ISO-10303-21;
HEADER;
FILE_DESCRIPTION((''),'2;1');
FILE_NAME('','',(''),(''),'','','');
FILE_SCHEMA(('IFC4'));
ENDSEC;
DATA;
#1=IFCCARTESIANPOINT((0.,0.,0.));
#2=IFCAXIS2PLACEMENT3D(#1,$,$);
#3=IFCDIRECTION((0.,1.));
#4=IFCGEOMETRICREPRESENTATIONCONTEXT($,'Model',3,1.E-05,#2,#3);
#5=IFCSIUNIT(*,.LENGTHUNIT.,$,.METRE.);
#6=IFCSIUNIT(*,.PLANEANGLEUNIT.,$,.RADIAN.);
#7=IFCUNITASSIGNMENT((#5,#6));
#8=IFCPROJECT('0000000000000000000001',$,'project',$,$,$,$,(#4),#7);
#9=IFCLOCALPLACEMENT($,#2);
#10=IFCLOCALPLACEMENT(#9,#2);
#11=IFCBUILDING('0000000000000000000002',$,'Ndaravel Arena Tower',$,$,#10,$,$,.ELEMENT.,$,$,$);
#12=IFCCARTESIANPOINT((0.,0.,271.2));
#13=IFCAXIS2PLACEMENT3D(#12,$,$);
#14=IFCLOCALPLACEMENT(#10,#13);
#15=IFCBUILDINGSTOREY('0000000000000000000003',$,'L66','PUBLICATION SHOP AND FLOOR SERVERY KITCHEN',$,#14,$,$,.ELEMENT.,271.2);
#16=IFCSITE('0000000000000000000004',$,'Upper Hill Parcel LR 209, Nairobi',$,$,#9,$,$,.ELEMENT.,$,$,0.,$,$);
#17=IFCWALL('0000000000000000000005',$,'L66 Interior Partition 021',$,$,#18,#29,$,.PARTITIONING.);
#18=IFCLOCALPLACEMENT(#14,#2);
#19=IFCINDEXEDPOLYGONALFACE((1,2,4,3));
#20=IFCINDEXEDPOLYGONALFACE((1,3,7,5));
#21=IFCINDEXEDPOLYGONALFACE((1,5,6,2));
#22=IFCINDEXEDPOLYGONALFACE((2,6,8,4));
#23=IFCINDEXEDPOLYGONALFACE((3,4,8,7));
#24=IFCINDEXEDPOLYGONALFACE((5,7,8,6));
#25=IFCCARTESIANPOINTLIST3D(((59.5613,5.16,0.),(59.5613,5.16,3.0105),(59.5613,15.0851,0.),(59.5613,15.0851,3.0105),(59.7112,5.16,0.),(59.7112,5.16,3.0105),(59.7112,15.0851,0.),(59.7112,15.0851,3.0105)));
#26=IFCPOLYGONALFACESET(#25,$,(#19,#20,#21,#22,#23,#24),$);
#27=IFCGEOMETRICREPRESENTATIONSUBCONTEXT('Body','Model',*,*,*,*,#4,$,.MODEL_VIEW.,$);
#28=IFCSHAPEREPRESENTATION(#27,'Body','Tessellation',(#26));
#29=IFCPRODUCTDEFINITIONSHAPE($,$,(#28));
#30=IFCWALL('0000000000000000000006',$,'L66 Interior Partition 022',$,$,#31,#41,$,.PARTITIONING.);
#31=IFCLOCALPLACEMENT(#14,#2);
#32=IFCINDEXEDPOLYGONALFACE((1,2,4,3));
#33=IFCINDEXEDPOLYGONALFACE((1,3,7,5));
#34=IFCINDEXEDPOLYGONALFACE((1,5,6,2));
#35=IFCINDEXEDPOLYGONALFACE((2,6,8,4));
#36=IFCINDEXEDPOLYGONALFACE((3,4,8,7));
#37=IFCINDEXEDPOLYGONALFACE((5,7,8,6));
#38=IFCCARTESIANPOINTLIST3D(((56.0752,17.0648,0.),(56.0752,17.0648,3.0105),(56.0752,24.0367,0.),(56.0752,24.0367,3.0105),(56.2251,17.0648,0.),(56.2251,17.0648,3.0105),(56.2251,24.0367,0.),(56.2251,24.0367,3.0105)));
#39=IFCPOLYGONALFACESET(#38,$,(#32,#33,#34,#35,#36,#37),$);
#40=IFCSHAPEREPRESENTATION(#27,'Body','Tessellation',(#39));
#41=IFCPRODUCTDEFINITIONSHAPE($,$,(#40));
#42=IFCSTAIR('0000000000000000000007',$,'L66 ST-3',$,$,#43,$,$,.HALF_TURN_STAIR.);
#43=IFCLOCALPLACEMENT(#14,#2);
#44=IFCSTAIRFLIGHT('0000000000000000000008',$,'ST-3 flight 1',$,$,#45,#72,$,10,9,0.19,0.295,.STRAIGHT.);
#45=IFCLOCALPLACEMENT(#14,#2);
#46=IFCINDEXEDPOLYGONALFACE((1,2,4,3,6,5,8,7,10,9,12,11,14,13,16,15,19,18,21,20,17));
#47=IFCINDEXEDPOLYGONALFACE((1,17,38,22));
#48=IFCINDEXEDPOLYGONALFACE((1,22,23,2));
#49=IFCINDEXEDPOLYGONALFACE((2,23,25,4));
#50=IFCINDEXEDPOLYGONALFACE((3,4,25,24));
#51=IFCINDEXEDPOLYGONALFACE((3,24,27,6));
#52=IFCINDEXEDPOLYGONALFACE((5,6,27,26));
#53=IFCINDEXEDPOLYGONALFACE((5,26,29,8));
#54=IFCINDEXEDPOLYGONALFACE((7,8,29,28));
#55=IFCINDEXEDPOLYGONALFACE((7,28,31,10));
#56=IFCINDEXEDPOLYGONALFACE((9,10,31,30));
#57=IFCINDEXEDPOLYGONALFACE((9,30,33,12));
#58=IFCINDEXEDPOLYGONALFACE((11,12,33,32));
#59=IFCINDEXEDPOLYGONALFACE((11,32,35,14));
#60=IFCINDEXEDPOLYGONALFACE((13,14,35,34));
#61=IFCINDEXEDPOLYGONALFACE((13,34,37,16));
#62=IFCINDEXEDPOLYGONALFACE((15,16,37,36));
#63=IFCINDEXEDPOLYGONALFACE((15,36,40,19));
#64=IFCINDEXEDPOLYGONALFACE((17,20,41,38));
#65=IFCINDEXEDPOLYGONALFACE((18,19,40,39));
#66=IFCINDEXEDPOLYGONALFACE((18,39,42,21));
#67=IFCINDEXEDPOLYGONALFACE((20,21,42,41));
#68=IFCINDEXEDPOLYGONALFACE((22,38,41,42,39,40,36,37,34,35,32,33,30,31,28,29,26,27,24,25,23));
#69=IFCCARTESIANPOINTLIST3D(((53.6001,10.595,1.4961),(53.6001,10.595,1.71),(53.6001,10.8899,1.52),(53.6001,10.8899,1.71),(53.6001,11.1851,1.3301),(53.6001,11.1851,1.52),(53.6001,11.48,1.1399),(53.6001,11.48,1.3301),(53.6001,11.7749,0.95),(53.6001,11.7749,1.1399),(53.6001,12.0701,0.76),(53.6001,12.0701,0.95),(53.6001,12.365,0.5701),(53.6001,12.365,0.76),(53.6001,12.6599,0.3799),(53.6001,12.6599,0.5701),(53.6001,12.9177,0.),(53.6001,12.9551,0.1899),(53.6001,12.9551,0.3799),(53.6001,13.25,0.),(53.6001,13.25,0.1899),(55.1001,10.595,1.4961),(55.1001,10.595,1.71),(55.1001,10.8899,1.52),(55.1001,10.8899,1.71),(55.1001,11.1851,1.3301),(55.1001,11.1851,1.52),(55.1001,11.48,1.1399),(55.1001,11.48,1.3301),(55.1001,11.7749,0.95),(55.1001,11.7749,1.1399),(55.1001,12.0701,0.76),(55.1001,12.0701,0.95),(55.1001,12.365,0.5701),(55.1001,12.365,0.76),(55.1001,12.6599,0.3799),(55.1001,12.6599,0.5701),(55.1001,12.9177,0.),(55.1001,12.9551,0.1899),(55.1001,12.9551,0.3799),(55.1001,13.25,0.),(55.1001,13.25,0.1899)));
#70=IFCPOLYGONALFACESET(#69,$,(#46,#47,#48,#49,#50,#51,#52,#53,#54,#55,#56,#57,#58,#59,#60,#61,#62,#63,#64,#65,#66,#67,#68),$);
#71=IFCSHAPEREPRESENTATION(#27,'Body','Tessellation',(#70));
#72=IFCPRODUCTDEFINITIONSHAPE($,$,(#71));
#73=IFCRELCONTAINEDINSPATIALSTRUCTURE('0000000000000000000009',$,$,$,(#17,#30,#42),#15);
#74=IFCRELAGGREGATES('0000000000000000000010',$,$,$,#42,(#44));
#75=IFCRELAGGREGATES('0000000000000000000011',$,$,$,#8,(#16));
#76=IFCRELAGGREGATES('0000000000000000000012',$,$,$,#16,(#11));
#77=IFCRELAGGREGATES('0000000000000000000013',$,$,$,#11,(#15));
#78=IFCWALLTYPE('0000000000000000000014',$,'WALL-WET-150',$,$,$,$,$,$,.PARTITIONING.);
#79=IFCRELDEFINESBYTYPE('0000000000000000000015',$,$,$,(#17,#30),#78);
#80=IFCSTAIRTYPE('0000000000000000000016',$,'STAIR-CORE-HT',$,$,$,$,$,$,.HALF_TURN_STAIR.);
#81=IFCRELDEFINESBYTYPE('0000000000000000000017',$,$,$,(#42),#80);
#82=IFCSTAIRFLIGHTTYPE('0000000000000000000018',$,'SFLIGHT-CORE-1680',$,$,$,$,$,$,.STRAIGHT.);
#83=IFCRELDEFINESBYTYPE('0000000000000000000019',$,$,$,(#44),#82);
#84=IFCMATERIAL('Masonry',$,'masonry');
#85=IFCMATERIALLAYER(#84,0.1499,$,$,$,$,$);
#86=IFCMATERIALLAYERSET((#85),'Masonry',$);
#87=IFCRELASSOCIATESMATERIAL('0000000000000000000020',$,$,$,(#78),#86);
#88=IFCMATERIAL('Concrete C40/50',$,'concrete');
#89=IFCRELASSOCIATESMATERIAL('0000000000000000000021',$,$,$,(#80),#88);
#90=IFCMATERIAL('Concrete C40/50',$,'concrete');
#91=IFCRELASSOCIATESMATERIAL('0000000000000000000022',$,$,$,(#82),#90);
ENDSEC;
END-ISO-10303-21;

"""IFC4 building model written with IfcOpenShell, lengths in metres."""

from ifc_helpers import new_model, si_unit, direction, frame, frame_2d, origin, place, context, subcontext, project, spatial, polyline, rectangle, outline, extrude, material, layer, layer_set, type_object, element, aggregate, save


model = new_model("IFC4")

# Units and contexts
model_context = context("Model", 3, precision=1e-05, world=origin(), true_north=direction((0.0, 1.0)))
body_context = subcontext(model_context, "Body", "Model", "MODEL_VIEW")
ifc_project = project(units=[si_unit("LENGTHUNIT", "METRE"), si_unit("PLANEANGLEUNIT", "RADIAN")], contexts=[model_context])

# Site, building, storey
site_placement = place(None, origin())
site = spatial("IfcSite", under=ifc_project, at=site_placement, Name="Upper Hill Parcel LR 209, Nairobi", CompositionType="ELEMENT", RefElevation=0.0)
building_placement = place(site_placement, origin())
building = spatial("IfcBuilding", under=site, at=building_placement, Name="Ndaravel Arena Tower", CompositionType="ELEMENT")
storey_placement = place(building_placement, frame((0.0, 0.0, 271.2)))
storey = spatial("IfcBuildingStorey", under=building, at=storey_placement, Name="L66", Description="PUBLICATION SHOP AND FLOOR SERVERY KITCHEN", CompositionType="ELEMENT", Elevation=271.2)

# Shared definitions
ifc_material_1 = material(Name="Masonry", Category="masonry")
ifc_layer_1 = layer(ifc_material_1, 0.1499)
ifc_layer_set_1 = layer_set([ifc_layer_1], Name="Masonry")
wall_type_1 = type_object("IfcWallType", Name="WALL-WET-150", PredefinedType="PARTITIONING", material=ifc_layer_set_1)

# Walls
wall_1_placement = place(storey_placement, frame((59.6362, 15.085, 0.0), z_axis=(0.0, 0.0, 1.0), x_axis=(0.0, -1.0, 0.0)))
element("IfcWall", 1, at=wall_1_placement, inside=storey, type_object=wall_type_1, Name="L66 Interior Partition 021", PredefinedType="PARTITIONING", context=body_context, shape_type="SweptSolid", body=[
    extrude(rectangle(XDim=9.925, YDim=0.1499, at=frame_2d((4.9624, 0.0))), origin(), (0.0, 0.0, 1.0), 3.0105),
])
wall_2_placement = place(storey_placement, frame((56.1501, 17.0649, 0.0), z_axis=(0.0, 0.0, 1.0), x_axis=(0.0, 1.0, 0.0)))
element("IfcWall", 2, at=wall_2_placement, inside=storey, type_object=wall_type_1, Name="L66 Interior Partition 022", PredefinedType="PARTITIONING", context=body_context, shape_type="SweptSolid", body=[
    extrude(rectangle(XDim=6.9719, YDim=0.1499, at=frame_2d((3.4858, 0.0))), origin(), (0.0, 0.0, 1.0), 3.0105),
])

# Stair, stair flight
ifc_material_2 = material(Name="Concrete C40/50", Category="concrete")
stair_type = type_object("IfcStairType", Name="STAIR-CORE-HT", PredefinedType="HALF_TURN_STAIR", material=ifc_material_2)
stair_placement = place(storey_placement, origin())
stair = element("IfcStair", 3, at=stair_placement, inside=storey, type_object=stair_type, Name="L66 ST-3", PredefinedType="HALF_TURN_STAIR")
ifc_material_3 = material(Name="Concrete C40/50", Category="concrete")
stair_flight_type = type_object("IfcStairFlightType", Name="SFLIGHT-CORE-1680", PredefinedType="STRAIGHT", material=ifc_material_3)
stair_flight_placement = place(storey_placement, frame((54.3501, 13.25, 0.0), z_axis=(0.0, 0.0, 1.0), x_axis=(0.0, -1.0, 0.0)))
stair_flight = element("IfcStairFlight", 4, at=stair_flight_placement, type_object=stair_flight_type, Name="ST-3 flight 1", NumberOfRisers=10, NumberOfTreads=9, PredefinedType="STRAIGHT", RiserHeight=0.19, TreadLength=0.295, context=body_context, shape_type="SweptSolid", body=[
    extrude(outline(polyline([(0.0, 0.0), (0.0, 0.1899), (0.2949, 0.1899), (0.2949, 0.3799), (0.5901, 0.3799), (0.5901, 0.5701), (0.885, 0.5701), (0.885, 0.76), (1.1799, 0.76), (1.1799, 0.95), (1.4751, 0.95), (1.4751, 1.1399), (1.77, 1.1399), (1.77, 1.3301), (2.0649, 1.3301), (2.0649, 1.52), (2.3601, 1.52), (2.3601, 1.71), (2.655, 1.71), (2.655, 1.8999), (2.655, 1.4961), (0.3323, 0.0), (0.0, 0.0)])), frame((0.0, 0.75, 0.0), z_axis=(0.0, -1.0, 0.0), x_axis=(1.0, 0.0, 0.0)), (0.0, 0.0, 1.0), 1.5),
])
aggregate(stair, [stair_flight])

save(model, "model.ifc")
